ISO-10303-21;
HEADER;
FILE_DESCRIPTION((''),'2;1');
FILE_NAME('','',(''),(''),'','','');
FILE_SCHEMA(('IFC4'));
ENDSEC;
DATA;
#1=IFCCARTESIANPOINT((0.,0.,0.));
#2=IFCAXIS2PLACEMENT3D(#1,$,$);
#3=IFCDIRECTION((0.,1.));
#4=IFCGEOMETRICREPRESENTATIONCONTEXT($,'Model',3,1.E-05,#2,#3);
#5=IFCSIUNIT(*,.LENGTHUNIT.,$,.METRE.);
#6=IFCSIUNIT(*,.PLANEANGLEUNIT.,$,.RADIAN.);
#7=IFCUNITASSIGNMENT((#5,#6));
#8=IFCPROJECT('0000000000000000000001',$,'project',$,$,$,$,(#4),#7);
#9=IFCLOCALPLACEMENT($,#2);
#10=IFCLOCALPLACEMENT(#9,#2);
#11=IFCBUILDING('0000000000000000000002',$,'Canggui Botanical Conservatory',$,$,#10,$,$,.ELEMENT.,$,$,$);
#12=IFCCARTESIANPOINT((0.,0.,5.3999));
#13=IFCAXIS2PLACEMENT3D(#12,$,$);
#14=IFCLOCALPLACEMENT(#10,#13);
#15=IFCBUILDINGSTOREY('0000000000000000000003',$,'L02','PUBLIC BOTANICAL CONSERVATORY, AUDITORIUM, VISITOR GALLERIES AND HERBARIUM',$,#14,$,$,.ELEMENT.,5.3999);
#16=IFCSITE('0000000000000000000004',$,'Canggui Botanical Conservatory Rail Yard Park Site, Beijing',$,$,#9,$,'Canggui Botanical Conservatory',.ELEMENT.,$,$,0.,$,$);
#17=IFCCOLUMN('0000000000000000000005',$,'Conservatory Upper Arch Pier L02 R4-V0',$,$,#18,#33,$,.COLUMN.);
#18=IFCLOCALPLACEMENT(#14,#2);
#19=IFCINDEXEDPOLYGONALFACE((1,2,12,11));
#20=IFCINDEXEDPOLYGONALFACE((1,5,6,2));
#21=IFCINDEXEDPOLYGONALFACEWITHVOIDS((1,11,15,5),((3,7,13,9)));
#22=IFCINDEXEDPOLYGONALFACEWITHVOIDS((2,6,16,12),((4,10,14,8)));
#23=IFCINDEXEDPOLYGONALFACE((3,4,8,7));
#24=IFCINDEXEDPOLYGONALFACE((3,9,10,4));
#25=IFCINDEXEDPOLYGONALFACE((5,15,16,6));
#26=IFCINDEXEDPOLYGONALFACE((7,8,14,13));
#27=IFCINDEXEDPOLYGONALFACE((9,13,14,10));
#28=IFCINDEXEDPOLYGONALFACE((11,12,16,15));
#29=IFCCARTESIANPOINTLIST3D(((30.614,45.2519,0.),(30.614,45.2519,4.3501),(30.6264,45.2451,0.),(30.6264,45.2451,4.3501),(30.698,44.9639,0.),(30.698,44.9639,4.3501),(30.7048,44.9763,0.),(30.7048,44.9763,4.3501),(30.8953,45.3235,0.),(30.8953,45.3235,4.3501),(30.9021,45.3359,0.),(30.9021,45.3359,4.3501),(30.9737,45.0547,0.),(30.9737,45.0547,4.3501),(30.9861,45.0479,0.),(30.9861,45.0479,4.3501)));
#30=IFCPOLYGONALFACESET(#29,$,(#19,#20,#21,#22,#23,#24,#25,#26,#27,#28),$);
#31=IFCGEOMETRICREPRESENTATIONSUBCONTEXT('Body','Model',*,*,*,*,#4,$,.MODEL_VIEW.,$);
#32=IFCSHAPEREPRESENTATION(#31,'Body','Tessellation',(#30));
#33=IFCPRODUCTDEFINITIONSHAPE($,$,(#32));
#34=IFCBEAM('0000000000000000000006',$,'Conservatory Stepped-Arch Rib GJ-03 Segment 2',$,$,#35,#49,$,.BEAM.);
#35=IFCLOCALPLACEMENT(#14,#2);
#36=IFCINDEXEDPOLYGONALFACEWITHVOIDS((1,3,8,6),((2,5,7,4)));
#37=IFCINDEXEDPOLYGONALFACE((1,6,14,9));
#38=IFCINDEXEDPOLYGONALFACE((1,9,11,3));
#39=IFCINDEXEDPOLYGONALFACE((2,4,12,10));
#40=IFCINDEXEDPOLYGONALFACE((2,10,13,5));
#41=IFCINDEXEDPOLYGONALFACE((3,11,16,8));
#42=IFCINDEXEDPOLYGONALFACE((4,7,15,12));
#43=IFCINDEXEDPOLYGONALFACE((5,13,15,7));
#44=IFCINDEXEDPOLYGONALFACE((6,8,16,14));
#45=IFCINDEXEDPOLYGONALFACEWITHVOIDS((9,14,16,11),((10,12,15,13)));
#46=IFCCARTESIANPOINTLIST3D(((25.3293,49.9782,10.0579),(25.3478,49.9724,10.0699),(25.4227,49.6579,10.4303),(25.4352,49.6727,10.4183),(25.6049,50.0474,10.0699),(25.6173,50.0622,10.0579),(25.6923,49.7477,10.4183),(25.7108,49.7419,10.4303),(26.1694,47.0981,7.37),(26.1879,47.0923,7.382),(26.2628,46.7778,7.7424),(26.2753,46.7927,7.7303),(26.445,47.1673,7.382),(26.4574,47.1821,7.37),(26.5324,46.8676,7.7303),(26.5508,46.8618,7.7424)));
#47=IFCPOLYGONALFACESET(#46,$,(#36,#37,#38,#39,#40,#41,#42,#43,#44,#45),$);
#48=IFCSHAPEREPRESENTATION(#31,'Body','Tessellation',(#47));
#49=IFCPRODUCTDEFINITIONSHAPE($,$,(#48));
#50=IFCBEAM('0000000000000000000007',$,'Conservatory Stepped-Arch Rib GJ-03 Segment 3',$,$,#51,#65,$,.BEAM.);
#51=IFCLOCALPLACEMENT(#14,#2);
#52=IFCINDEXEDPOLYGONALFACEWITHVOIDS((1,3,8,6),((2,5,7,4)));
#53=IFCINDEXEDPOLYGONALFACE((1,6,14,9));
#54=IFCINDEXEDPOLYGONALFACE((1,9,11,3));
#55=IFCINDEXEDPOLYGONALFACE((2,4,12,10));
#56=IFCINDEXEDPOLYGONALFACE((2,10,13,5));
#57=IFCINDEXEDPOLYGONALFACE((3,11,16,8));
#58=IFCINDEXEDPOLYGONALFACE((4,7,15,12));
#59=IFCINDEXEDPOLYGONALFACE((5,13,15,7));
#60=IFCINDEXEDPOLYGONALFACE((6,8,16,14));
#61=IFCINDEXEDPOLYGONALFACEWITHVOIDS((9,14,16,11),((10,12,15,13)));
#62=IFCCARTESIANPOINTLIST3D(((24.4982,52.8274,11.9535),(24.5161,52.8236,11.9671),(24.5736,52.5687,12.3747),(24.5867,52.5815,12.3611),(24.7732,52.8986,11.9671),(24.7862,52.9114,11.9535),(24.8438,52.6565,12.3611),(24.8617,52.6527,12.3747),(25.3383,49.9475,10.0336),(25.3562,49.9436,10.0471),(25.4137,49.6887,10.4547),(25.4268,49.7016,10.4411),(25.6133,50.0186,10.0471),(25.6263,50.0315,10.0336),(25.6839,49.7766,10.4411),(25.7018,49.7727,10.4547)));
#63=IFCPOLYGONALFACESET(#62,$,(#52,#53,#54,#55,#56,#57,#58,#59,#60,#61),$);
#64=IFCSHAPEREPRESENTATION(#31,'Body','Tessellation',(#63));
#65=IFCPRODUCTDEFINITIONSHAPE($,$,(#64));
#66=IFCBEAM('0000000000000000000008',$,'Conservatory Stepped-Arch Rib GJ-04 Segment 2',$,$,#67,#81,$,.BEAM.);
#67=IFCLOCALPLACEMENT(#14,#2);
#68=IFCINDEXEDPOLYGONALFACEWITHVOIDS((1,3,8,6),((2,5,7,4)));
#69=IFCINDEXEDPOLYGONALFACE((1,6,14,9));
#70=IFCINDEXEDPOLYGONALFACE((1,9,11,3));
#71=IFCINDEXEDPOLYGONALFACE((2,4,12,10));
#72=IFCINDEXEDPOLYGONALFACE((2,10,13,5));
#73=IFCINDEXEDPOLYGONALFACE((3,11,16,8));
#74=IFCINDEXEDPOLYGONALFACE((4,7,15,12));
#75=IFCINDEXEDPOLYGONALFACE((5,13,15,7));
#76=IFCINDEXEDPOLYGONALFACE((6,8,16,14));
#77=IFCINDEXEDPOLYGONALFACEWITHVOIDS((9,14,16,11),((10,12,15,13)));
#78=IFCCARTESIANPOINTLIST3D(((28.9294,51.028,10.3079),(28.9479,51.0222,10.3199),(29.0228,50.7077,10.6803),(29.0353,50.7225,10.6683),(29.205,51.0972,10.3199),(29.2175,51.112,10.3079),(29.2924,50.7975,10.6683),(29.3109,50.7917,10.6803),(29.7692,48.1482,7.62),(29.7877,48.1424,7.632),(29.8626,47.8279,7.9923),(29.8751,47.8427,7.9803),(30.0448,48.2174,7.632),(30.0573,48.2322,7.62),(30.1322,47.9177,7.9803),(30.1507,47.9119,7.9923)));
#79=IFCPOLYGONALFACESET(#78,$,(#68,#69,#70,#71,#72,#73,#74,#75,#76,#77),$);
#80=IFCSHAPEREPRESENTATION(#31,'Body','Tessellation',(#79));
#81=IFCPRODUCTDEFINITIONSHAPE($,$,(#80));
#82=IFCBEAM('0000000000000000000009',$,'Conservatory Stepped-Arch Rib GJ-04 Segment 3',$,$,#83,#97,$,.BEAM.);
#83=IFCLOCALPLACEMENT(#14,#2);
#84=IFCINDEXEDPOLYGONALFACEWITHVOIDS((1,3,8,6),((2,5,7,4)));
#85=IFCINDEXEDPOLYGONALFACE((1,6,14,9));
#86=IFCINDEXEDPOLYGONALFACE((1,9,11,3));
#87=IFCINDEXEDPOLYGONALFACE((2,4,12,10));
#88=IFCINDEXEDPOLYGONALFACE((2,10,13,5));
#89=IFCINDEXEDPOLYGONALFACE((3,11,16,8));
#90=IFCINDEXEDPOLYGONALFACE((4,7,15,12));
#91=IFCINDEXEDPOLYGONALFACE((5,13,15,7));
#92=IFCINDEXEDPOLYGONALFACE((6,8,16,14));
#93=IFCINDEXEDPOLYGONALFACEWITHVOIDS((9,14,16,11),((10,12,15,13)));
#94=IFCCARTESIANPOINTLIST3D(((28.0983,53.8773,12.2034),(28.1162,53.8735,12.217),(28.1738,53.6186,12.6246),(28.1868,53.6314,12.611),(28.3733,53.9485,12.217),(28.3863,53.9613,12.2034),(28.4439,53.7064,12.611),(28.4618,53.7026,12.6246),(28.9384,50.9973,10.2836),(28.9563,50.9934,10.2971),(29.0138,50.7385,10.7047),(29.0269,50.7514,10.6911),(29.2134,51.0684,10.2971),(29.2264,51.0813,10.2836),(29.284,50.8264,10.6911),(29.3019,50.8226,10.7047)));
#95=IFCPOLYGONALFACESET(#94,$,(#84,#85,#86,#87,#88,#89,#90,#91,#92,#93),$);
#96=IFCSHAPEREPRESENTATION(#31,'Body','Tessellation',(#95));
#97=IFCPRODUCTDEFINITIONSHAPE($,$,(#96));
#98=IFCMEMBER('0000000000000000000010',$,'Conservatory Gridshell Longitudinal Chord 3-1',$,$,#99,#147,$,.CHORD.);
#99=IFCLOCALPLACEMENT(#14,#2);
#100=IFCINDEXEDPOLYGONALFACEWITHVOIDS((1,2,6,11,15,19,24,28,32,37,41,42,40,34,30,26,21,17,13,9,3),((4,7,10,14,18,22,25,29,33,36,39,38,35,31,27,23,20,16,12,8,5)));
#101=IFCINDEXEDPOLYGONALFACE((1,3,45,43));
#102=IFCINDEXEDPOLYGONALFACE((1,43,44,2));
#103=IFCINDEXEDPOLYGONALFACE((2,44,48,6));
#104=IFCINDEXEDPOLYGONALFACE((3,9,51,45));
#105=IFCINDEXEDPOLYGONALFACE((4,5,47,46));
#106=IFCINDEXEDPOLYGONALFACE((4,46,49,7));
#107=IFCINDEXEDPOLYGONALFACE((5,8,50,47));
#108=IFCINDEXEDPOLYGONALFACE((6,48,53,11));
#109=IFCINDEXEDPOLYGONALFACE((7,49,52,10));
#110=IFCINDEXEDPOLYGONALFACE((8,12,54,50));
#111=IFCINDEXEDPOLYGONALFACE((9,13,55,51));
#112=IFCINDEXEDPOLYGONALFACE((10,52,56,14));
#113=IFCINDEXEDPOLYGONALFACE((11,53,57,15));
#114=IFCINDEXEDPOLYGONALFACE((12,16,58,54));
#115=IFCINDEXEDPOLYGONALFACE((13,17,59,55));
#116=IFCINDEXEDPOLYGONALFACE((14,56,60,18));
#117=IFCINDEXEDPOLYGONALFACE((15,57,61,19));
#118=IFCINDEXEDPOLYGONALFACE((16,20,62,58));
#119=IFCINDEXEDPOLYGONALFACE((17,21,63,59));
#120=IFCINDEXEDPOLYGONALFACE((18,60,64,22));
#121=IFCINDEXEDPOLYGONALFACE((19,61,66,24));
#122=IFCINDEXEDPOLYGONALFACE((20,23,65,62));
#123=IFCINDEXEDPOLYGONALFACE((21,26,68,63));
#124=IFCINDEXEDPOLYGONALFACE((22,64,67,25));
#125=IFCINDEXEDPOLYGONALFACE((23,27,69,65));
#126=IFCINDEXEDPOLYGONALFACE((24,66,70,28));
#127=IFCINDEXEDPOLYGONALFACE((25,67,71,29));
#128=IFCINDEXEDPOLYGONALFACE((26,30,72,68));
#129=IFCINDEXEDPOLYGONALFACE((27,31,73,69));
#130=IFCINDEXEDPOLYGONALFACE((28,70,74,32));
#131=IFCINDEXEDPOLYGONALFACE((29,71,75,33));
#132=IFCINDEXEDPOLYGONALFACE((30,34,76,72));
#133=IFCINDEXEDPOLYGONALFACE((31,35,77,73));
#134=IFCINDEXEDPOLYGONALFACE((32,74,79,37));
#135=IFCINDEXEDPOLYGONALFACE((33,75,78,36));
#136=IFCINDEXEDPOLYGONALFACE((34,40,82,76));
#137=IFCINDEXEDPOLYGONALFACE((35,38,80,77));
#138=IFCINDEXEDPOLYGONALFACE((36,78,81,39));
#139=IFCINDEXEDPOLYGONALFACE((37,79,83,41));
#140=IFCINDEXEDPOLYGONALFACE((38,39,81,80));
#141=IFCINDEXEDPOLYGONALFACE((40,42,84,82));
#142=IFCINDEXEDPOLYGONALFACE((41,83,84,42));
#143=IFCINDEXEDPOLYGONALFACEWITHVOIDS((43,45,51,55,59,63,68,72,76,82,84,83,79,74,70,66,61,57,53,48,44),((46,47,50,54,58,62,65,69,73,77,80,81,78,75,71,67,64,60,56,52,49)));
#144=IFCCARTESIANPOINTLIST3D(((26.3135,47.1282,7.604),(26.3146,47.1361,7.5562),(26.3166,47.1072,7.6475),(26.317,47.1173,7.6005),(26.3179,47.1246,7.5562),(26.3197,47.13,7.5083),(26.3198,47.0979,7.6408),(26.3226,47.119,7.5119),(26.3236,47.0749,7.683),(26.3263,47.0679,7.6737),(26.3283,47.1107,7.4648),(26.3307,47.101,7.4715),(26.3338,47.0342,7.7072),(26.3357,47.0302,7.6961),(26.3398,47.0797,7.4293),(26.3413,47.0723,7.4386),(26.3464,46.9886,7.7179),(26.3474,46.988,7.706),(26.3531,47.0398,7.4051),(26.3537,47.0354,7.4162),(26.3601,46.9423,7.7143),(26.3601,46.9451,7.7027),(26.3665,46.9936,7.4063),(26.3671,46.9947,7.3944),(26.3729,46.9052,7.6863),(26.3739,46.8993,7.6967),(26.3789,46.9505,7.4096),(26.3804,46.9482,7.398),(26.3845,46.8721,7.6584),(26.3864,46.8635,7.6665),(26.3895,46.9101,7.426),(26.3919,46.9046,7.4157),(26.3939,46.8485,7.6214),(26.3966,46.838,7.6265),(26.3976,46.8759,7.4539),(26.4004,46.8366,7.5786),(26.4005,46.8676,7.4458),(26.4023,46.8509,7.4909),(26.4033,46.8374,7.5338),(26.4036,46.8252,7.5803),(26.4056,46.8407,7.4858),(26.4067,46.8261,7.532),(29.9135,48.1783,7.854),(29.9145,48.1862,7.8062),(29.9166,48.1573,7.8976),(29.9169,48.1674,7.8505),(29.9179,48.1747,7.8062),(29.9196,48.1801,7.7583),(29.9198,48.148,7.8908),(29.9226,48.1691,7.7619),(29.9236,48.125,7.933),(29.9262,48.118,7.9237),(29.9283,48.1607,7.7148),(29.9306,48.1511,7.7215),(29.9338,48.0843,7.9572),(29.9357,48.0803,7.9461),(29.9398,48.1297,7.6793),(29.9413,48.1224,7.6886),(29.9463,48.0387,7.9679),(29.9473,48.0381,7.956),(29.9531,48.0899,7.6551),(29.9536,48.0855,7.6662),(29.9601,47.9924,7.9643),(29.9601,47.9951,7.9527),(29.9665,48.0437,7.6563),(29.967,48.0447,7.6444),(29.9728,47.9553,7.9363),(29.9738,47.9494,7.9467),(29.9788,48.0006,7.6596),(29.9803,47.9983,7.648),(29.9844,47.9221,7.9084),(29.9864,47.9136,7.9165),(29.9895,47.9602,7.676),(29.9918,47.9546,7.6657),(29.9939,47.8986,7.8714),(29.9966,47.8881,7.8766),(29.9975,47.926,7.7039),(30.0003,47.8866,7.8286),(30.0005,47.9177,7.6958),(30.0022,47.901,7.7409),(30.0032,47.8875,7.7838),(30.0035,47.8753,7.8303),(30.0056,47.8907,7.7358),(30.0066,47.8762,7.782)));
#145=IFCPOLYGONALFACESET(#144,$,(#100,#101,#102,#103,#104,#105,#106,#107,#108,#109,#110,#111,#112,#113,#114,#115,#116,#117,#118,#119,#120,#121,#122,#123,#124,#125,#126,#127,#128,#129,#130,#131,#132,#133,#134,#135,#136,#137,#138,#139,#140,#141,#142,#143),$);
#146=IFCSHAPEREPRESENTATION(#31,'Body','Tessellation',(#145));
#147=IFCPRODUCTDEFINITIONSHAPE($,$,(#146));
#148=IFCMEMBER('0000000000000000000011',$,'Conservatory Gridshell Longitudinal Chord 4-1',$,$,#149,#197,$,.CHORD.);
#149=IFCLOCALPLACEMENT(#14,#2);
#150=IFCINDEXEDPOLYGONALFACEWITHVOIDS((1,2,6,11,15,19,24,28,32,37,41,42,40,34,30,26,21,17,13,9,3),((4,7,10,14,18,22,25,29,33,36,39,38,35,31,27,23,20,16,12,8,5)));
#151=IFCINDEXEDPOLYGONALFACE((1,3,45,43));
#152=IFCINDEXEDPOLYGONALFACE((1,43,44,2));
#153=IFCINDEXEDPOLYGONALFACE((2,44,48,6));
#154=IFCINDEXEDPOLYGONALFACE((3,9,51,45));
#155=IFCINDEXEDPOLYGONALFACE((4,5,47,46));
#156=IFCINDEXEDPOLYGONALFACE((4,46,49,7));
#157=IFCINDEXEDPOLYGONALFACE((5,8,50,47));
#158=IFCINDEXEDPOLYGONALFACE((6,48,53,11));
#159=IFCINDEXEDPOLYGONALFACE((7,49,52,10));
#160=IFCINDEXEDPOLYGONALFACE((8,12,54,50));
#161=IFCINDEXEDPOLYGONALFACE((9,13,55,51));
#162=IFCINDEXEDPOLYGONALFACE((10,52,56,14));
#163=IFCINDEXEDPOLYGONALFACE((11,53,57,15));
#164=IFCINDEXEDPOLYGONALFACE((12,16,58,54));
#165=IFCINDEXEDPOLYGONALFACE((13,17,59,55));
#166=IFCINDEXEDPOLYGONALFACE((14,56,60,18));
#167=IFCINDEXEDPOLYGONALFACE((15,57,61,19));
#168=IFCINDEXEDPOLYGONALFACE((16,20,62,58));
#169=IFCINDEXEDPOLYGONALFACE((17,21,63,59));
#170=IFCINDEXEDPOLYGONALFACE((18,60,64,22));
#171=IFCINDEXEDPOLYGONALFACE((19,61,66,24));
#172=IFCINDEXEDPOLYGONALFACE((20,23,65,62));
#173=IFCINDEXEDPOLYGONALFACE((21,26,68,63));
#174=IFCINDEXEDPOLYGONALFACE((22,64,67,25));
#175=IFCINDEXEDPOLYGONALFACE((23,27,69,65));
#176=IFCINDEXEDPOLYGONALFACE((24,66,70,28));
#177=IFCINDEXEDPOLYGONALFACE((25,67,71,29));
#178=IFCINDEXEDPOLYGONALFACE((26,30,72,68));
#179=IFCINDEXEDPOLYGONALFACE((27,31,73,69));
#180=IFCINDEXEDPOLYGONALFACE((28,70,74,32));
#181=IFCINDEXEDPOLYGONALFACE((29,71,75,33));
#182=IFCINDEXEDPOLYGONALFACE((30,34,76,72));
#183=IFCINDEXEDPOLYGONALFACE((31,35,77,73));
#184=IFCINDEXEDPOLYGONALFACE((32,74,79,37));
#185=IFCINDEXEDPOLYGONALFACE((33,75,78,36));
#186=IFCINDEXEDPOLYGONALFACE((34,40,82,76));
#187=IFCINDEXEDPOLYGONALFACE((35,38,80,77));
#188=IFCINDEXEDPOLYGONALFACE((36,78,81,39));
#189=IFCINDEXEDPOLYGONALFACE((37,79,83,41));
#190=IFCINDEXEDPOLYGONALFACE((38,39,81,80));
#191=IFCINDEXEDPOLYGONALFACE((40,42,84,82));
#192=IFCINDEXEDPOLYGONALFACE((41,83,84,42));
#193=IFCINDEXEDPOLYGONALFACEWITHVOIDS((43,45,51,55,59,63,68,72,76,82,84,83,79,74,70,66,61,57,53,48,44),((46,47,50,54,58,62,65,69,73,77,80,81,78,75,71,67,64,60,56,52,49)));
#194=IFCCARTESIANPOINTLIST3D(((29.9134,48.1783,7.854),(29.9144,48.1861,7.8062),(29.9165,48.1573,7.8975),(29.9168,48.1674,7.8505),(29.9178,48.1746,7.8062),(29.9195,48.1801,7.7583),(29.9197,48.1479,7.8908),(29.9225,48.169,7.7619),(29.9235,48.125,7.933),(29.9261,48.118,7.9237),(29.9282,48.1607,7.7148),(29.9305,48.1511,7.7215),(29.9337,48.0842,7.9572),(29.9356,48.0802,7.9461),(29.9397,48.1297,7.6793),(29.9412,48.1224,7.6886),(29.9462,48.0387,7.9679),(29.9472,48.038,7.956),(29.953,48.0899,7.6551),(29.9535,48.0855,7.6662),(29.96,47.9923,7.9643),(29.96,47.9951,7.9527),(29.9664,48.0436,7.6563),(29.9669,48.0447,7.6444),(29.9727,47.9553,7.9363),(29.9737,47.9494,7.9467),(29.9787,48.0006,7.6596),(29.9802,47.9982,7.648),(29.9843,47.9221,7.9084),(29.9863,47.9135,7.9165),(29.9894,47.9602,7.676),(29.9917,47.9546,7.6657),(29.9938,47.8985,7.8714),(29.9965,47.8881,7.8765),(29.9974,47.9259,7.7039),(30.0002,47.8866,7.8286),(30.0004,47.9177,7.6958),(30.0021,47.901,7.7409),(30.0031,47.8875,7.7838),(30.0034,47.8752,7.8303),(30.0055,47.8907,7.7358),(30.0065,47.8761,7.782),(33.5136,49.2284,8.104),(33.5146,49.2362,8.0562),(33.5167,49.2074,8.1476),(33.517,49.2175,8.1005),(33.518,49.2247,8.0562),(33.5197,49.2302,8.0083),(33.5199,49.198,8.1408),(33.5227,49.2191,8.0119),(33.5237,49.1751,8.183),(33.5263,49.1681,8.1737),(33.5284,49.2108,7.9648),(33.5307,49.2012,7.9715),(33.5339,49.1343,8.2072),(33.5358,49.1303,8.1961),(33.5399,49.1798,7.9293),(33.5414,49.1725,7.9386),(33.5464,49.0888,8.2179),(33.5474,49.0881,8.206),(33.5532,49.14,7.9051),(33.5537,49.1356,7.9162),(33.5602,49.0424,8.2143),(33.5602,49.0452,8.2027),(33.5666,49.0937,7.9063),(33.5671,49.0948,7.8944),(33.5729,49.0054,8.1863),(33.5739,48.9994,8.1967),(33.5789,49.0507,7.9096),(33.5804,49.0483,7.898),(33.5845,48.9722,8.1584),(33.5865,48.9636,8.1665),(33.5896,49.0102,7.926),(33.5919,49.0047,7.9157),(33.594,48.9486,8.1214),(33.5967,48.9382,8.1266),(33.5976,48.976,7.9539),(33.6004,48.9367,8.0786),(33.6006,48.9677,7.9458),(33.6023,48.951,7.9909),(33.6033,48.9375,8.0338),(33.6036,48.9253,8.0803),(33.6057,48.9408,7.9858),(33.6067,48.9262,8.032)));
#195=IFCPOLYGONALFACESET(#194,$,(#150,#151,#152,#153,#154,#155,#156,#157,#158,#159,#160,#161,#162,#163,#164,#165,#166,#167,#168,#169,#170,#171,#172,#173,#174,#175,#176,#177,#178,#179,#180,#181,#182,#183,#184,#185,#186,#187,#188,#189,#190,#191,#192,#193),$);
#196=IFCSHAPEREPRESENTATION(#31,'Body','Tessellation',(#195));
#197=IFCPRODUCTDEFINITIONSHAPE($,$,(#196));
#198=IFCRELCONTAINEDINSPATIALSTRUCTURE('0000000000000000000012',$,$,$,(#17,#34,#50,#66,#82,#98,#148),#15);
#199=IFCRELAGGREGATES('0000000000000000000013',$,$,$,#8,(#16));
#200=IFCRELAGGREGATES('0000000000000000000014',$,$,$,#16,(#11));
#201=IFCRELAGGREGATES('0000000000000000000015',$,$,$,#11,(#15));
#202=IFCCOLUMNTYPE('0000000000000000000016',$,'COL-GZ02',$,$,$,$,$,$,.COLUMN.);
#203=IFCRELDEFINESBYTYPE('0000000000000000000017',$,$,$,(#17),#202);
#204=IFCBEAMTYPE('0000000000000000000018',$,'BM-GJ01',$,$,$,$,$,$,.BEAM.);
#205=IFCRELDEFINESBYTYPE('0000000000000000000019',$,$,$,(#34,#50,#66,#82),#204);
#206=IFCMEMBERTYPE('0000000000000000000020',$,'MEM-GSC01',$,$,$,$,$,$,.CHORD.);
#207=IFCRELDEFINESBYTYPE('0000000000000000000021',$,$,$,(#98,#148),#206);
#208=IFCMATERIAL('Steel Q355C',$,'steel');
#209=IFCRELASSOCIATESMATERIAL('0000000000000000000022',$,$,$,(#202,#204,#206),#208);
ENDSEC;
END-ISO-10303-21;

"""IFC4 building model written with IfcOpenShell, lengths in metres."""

from ifc_helpers import new_model, si_unit, direction, frame, origin, origin_2d, place, context, subcontext, project, spatial, hollow_rectangle, hollow_circle, extrude, material, material_profile, profile_set, type_object, element, save


model = new_model("IFC4")

# Units and contexts
model_context = context("Model", 3, precision=1e-05, world=origin(), true_north=direction((0.0, 1.0)))
body_context = subcontext(model_context, "Body", "Model", "MODEL_VIEW")
ifc_project = project(units=[si_unit("LENGTHUNIT", "METRE"), si_unit("PLANEANGLEUNIT", "RADIAN")], contexts=[model_context])

# Site, building, storey
site_placement = place(None, origin())
site = spatial("IfcSite", under=ifc_project, at=site_placement, Name="Canggui Botanical Conservatory Rail Yard Park Site, Beijing", LongName="Canggui Botanical Conservatory", CompositionType="ELEMENT", RefElevation=0.0)
building_placement = place(site_placement, origin())
building = spatial("IfcBuilding", under=site, at=building_placement, Name="Canggui Botanical Conservatory", CompositionType="ELEMENT")
storey_placement = place(building_placement, frame((0.0, 0.0, 5.3999)))
storey = spatial("IfcBuildingStorey", under=building, at=storey_placement, Name="L02", Description="PUBLIC BOTANICAL CONSERVATORY, AUDITORIUM, VISITOR GALLERIES AND HERBARIUM", CompositionType="ELEMENT", Elevation=5.3999)

# Column
ifc_material_1 = material(Name="Steel Q355C", Category="steel")
ifc_material_profile_1 = material_profile(ifc_material_1, hollow_rectangle(XDim=0.3, YDim=0.3, WallThickness=0.01, at=origin_2d()), Name="SHS 300x300x10")
ifc_profile_set_1 = profile_set([ifc_material_profile_1], Name="Steel Q355C")
column_type = type_object("IfcColumnType", Name="COL-GZ02", PredefinedType="COLUMN", material=ifc_profile_set_1)
column_placement = place(storey_placement, frame((30.8, 45.1499, 0.0), z_axis=(0.0, 0.0, 1.0), x_axis=(0.96, 0.28, 0.0)))
element("IfcColumn", 1, at=column_placement, inside=storey, type_object=column_type, Name="Conservatory Upper Arch Pier L02 R4-V0", PredefinedType="COLUMN", context=body_context, shape_type="SweptSolid", body=[
    extrude(hollow_rectangle(XDim=0.3, YDim=0.3, WallThickness=0.01, at=origin_2d()), origin(), (0.0, 0.0, 1.0), 4.3501),
])

# Beams
ifc_material_profile_2 = material_profile(ifc_material_1, hollow_rectangle(XDim=0.3, YDim=0.5, WallThickness=0.0161, at=origin_2d()), Name="RHS 300x500x16")
ifc_profile_set_2 = profile_set([ifc_material_profile_2], Name="Steel Q355C")
beam_type = type_object("IfcBeamType", Name="BM-GJ01", PredefinedType="BEAM", material=ifc_profile_set_2)
beam_1_placement = place(storey_placement, frame((26.3601, 46.98, 7.5562), z_axis=(-0.208553, 0.714996, 0.667297), x_axis=(-0.959995, -0.280016, 0.0)))
element("IfcBeam", 2, at=beam_1_placement, inside=storey, type_object=beam_type, Name="Conservatory Stepped-Arch Rib GJ-03 Segment 2", PredefinedType="BEAM", context=body_context, shape_type="SweptSolid", body=[
    extrude(hollow_rectangle(XDim=0.3, YDim=0.5, WallThickness=0.0161, at=origin_2d()), origin(), (0.0, 0.0, 1.0), 4.0281),
])
beam_2_placement = place(storey_placement, frame((25.52, 49.8601, 10.2441), z_axis=(-0.235868, 0.808574, 0.539049), x_axis=(-0.959989, -0.280038, 0.0)))
element("IfcBeam", 3, at=beam_2_placement, inside=storey, type_object=beam_type, Name="Conservatory Stepped-Arch Rib GJ-03 Segment 3", PredefinedType="BEAM", context=body_context, shape_type="SweptSolid", body=[
    extrude(hollow_rectangle(XDim=0.3, YDim=0.5, WallThickness=0.0161, at=origin_2d()), origin(), (0.0, 0.0, 1.0), 3.5618),
])
beam_3_placement = place(storey_placement, frame((29.96, 48.03, 7.8062), z_axis=(-0.208504, 0.714976, 0.667335), x_axis=(-0.960011, -0.279962, 0.0)))
element("IfcBeam", 4, at=beam_3_placement, inside=storey, type_object=beam_type, Name="Conservatory Stepped-Arch Rib GJ-04 Segment 2", PredefinedType="BEAM", context=body_context, shape_type="SweptSolid", body=[
    extrude(hollow_rectangle(XDim=0.3, YDim=0.5, WallThickness=0.0161, at=origin_2d()), origin(), (0.0, 0.0, 1.0), 4.0278),
])
beam_4_placement = place(storey_placement, frame((29.1201, 50.9099, 10.4941), z_axis=(-0.235855, 0.808598, 0.539019), x_axis=(-0.959995, -0.280016, 0.0)))
element("IfcBeam", 5, at=beam_4_placement, inside=storey, type_object=beam_type, Name="Conservatory Stepped-Arch Rib GJ-04 Segment 3", PredefinedType="BEAM", context=body_context, shape_type="SweptSolid", body=[
    extrude(hollow_rectangle(XDim=0.3, YDim=0.5, WallThickness=0.0161, at=origin_2d()), origin(), (0.0, 0.0, 1.0), 3.5618),
])

# Members
ifc_material_profile_3 = material_profile(ifc_material_1, hollow_circle(Radius=0.1626, WallThickness=0.012, at=origin_2d()), Name="CHS 325x12")
ifc_profile_set_3 = profile_set([ifc_material_profile_3], Name="Steel Q355C")
member_type_1 = type_object("IfcMemberType", Name="MEM-GSC01", PredefinedType="CHORD", material=ifc_profile_set_3)
member_1_placement = place(storey_placement, frame((26.3601, 46.98, 7.5562), z_axis=(0.957867, 0.279402, 0.066521), x_axis=(-0.280023, 0.959993, 0.0)))
element("IfcMember", 6, at=member_1_placement, inside=storey, type_object=member_type_1, Name="Conservatory Gridshell Longitudinal Chord 3-1", PredefinedType="CHORD", context=body_context, shape_type="SweptSolid", body=[
    extrude(hollow_circle(Radius=0.1626, WallThickness=0.012, at=origin_2d()), origin(), (0.0, 0.0, 1.0), 3.7583),
])
member_2_placement = place(storey_placement, frame((29.96, 48.03, 7.8062), z_axis=(0.957872, 0.279385, 0.066517), x_axis=(-0.280005, 0.959999, 0.0)))
element("IfcMember", 7, at=member_2_placement, inside=storey, type_object=member_type_1, Name="Conservatory Gridshell Longitudinal Chord 4-1", PredefinedType="CHORD", context=body_context, shape_type="SweptSolid", body=[
    extrude(hollow_circle(Radius=0.1626, WallThickness=0.012, at=origin_2d()), origin(), (0.0, 0.0, 1.0), 3.7585),
])

save(model, "model.ifc")
